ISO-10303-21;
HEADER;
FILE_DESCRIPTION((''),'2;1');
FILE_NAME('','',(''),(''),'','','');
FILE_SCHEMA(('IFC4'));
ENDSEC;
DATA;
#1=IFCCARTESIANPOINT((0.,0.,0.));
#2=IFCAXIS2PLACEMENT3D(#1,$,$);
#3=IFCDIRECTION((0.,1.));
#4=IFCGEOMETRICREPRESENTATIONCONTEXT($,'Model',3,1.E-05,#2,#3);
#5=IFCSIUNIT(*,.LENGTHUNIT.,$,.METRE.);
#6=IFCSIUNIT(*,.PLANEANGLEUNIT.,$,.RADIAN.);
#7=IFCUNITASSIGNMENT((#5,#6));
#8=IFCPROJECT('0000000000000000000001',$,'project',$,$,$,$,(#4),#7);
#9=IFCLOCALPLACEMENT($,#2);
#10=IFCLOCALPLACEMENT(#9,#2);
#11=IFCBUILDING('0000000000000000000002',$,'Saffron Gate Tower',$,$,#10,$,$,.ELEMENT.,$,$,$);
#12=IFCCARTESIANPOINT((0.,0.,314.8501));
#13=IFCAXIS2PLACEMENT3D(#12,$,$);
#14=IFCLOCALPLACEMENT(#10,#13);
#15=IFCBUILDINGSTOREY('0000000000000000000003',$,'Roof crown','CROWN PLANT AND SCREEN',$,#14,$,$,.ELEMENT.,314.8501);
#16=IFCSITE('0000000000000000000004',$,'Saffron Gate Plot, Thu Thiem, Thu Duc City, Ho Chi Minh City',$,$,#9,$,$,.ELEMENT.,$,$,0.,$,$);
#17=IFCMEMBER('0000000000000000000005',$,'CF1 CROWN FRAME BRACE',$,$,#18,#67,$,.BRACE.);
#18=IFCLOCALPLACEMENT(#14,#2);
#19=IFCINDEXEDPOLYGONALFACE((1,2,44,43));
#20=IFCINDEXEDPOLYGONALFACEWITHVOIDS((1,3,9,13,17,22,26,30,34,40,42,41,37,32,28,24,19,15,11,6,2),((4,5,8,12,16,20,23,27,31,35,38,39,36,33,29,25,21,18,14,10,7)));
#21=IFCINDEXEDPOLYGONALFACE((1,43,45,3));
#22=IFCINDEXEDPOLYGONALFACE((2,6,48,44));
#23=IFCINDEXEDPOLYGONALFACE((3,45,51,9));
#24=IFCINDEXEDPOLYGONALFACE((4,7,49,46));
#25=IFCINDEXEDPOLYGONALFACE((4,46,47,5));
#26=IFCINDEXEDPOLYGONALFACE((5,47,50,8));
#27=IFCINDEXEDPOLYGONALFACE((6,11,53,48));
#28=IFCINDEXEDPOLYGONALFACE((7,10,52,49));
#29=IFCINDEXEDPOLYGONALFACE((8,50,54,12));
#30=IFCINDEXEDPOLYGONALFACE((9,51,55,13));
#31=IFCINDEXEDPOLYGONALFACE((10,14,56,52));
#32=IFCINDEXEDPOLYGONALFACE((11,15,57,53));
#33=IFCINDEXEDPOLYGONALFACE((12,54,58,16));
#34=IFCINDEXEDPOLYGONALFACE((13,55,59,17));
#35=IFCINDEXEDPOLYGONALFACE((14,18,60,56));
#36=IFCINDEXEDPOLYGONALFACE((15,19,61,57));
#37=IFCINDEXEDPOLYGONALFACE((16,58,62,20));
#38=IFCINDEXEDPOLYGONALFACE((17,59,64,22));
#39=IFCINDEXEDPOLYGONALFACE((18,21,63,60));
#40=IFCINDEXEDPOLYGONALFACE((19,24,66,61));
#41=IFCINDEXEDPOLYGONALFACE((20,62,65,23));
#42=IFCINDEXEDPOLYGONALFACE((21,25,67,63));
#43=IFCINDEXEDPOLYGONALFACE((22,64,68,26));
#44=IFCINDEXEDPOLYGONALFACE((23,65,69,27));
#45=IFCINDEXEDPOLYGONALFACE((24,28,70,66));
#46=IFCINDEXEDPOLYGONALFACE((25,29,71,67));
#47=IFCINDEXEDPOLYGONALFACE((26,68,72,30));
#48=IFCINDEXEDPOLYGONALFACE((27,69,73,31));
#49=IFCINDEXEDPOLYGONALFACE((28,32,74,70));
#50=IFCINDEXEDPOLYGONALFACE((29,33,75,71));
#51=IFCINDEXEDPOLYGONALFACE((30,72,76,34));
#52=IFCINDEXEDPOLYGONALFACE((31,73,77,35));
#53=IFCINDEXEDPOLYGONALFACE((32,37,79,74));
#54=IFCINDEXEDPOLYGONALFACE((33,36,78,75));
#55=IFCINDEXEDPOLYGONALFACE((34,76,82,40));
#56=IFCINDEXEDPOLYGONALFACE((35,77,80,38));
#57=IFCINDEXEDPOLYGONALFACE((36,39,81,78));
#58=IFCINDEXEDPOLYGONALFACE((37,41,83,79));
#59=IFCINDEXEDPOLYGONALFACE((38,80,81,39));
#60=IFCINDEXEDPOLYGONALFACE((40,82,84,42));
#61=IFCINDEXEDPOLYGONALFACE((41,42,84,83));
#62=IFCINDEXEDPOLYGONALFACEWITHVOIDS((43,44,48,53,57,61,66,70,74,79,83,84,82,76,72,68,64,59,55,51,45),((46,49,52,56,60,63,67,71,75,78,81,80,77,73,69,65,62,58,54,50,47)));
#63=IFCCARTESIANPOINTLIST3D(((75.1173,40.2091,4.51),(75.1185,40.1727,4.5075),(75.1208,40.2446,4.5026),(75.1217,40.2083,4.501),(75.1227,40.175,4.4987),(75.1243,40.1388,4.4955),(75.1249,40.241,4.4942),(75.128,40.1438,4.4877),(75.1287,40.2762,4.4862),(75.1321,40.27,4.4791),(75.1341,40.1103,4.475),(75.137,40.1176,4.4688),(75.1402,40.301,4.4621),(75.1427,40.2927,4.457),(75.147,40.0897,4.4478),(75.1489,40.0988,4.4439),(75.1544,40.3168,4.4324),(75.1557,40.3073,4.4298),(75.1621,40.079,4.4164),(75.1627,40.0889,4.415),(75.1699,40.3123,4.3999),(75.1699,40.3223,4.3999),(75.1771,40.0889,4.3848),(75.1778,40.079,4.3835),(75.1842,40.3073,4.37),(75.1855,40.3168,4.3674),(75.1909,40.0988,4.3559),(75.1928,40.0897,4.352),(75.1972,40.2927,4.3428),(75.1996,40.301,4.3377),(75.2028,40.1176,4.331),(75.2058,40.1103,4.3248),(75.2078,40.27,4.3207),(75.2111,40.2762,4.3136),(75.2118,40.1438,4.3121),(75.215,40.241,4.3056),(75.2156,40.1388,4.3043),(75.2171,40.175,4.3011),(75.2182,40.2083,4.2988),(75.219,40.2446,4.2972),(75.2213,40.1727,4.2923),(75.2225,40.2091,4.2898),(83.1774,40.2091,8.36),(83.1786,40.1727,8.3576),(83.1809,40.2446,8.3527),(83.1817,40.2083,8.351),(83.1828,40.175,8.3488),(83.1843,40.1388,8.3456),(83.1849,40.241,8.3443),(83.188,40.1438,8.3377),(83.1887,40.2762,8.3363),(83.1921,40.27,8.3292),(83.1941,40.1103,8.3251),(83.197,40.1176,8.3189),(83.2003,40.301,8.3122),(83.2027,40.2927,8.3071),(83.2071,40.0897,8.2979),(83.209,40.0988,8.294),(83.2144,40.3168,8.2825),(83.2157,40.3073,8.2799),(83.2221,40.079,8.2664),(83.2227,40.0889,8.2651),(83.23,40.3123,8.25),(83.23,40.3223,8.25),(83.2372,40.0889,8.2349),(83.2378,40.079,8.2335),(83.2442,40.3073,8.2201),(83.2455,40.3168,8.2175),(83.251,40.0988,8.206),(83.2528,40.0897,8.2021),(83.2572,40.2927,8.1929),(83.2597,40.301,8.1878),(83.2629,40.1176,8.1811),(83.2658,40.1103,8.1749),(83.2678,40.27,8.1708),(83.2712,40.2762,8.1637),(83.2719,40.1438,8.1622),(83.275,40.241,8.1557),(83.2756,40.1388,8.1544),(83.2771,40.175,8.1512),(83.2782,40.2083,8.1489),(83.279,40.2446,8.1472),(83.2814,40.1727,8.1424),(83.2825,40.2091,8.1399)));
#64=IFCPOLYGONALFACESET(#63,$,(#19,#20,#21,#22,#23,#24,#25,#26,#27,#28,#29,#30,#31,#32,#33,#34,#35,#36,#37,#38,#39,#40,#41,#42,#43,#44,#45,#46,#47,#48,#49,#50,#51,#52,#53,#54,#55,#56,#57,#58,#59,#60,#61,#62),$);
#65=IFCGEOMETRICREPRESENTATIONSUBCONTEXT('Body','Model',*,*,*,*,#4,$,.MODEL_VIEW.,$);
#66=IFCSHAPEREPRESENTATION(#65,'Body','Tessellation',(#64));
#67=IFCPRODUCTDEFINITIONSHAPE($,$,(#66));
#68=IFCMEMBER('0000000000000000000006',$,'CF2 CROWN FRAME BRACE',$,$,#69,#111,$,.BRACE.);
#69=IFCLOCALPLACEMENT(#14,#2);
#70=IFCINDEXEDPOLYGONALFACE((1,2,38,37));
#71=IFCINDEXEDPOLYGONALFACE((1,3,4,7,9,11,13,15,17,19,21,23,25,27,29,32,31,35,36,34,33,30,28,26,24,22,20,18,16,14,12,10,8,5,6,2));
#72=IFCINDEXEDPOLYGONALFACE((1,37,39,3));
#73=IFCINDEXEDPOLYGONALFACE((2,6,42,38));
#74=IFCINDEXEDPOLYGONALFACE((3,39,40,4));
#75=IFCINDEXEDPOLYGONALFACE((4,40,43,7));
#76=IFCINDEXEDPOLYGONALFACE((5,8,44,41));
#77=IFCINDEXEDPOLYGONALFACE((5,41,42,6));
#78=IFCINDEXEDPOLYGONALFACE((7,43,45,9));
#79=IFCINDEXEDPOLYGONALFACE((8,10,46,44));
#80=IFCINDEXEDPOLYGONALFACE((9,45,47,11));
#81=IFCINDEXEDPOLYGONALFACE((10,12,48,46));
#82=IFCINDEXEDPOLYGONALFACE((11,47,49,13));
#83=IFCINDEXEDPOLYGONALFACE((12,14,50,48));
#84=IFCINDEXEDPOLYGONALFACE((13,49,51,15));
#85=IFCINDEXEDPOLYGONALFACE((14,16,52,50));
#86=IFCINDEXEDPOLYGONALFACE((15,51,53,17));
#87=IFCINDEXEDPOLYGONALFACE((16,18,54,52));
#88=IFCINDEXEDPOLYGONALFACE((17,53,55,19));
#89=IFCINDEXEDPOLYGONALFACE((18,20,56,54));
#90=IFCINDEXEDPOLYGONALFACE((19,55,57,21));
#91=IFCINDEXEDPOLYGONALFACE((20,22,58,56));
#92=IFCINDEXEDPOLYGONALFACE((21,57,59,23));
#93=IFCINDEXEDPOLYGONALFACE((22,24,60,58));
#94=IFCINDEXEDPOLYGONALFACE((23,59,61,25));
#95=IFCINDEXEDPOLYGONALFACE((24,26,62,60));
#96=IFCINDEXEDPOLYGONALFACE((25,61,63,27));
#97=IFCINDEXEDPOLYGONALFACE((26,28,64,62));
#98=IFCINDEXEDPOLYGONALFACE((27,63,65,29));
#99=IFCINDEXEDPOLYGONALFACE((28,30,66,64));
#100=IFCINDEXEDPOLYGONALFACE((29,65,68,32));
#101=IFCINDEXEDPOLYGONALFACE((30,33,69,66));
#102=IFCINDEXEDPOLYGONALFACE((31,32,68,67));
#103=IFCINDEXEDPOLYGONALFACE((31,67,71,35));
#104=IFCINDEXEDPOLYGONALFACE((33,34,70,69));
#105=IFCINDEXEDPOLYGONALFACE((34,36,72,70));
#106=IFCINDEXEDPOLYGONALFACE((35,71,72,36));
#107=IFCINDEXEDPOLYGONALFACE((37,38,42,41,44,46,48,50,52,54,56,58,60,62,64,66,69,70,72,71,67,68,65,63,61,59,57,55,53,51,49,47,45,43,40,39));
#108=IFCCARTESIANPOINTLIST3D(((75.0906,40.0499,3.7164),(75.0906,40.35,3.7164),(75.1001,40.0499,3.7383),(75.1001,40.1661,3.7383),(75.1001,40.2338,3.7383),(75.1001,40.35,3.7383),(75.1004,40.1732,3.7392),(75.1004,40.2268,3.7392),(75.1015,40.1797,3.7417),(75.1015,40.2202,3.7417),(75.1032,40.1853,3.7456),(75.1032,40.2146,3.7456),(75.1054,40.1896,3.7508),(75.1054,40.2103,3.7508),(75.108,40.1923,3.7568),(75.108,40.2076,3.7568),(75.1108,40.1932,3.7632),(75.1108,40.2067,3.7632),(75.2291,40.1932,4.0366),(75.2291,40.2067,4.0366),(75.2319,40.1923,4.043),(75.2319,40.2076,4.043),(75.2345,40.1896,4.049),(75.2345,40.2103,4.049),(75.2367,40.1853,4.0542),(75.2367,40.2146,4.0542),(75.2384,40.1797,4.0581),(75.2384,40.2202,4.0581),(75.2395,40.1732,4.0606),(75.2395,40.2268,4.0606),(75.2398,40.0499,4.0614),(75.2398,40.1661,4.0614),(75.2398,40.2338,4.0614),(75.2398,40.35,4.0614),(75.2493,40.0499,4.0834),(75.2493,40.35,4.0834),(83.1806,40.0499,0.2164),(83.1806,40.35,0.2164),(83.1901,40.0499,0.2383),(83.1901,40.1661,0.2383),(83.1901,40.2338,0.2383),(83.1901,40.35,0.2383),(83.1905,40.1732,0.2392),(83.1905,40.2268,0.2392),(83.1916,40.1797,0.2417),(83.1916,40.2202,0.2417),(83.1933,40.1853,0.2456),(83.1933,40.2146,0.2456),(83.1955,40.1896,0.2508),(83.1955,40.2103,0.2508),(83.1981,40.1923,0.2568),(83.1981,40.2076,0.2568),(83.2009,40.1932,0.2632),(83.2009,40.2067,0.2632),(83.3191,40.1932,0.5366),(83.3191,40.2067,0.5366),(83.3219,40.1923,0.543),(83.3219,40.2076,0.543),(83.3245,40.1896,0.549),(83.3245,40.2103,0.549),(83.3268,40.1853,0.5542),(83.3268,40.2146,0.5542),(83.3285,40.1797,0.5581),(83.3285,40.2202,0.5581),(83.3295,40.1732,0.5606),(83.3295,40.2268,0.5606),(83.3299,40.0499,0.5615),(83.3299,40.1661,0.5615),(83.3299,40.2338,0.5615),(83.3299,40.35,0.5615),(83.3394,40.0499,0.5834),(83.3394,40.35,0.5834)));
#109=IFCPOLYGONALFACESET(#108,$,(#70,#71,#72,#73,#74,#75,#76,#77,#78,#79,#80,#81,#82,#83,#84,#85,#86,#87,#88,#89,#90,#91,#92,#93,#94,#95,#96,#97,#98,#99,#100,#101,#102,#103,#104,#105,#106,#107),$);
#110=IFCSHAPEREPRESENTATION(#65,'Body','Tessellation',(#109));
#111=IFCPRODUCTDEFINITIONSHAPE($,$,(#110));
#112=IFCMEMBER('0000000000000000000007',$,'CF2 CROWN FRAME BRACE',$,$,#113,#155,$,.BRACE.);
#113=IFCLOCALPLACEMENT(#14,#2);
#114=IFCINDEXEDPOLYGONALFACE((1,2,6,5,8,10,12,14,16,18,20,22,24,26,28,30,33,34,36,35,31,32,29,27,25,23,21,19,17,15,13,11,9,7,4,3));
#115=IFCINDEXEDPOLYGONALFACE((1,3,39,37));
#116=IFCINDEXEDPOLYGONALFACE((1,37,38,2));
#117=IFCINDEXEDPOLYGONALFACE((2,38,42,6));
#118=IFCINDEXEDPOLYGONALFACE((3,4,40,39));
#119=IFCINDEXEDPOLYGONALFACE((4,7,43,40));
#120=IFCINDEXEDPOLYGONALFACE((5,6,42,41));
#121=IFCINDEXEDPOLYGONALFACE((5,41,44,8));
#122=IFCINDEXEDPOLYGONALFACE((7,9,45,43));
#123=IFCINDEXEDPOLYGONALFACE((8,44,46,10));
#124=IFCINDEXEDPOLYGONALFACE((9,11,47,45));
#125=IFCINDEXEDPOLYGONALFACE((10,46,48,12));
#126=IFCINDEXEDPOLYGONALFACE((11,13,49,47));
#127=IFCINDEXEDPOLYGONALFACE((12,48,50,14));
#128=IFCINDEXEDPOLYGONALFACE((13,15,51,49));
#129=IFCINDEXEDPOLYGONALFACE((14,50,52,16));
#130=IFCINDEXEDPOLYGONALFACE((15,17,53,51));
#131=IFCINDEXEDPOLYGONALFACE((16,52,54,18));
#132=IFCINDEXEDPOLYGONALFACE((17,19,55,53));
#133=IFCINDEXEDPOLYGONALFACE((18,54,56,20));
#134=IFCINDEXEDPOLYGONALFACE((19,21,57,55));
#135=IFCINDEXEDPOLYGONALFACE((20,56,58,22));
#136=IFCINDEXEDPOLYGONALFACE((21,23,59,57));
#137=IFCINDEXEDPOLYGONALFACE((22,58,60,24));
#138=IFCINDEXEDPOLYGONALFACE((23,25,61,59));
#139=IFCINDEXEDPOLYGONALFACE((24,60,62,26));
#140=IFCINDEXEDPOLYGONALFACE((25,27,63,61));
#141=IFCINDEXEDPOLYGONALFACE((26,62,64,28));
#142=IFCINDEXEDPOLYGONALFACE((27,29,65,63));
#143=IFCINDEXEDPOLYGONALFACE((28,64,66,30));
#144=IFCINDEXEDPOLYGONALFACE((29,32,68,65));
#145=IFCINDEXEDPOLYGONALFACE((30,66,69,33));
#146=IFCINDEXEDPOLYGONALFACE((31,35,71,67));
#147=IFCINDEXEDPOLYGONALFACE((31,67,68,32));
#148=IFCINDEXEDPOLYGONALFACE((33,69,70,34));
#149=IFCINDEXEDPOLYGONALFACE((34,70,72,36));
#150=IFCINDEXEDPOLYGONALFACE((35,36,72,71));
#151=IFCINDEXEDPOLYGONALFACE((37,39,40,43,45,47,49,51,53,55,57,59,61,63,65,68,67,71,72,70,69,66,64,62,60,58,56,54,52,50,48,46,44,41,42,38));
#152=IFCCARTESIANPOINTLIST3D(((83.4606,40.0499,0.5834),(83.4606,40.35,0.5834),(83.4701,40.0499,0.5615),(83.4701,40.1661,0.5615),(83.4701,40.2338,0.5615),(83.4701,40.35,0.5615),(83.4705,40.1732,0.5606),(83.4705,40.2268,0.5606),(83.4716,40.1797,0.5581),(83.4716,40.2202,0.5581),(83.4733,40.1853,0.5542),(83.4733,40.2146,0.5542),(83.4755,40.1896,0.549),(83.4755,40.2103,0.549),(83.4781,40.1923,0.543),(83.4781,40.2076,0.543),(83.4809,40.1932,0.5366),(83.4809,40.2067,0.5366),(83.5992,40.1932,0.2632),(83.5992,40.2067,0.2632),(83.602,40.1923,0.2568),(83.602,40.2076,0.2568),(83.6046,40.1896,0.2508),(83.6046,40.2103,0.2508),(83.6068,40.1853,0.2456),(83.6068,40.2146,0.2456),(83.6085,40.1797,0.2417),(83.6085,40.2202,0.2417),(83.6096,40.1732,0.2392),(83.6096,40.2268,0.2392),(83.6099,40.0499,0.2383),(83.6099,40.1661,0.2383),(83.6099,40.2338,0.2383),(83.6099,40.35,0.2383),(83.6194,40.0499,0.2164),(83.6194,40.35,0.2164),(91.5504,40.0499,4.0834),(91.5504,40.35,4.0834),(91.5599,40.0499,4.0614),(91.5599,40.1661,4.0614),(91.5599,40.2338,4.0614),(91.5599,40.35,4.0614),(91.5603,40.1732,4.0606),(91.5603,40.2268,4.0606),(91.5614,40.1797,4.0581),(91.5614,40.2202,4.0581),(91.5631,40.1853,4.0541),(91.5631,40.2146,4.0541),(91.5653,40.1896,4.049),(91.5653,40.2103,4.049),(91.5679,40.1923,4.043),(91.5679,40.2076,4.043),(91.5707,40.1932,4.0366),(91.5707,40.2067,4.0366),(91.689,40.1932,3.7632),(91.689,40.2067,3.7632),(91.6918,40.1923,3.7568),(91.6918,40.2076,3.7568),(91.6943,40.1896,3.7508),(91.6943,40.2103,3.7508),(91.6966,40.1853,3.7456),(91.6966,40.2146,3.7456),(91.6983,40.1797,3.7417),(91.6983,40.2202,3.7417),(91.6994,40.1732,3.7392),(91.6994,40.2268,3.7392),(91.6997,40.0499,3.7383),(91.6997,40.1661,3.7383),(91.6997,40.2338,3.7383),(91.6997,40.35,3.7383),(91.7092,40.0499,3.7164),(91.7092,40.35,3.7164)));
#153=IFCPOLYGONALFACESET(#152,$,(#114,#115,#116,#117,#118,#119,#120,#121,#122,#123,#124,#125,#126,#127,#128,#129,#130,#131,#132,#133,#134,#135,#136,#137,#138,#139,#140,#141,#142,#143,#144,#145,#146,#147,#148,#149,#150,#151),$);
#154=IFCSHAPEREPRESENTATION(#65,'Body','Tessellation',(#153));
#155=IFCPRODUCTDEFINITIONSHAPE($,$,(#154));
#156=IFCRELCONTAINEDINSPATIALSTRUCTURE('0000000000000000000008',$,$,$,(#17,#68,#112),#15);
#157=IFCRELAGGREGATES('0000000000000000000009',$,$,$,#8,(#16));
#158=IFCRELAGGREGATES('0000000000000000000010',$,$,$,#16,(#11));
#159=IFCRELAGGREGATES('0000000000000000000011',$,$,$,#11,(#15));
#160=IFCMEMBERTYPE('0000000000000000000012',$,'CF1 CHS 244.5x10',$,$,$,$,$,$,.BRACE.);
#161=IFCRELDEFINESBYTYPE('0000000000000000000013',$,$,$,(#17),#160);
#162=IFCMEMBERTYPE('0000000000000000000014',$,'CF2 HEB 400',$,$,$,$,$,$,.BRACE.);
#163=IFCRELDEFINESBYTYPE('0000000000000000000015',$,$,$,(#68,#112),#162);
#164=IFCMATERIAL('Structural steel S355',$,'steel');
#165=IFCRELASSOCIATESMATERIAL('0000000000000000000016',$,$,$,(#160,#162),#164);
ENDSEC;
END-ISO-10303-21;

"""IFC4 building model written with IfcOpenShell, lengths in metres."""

from ifc_helpers import new_model, si_unit, direction, frame, origin, origin_2d, place, context, subcontext, project, spatial, hollow_circle, i_section, extrude, material, material_profile, profile_set, type_object, element, save


model = new_model("IFC4")

# Units and contexts
model_context = context("Model", 3, precision=1e-05, world=origin(), true_north=direction((0.0, 1.0)))
body_context = subcontext(model_context, "Body", "Model", "MODEL_VIEW")
ifc_project = project(units=[si_unit("LENGTHUNIT", "METRE"), si_unit("PLANEANGLEUNIT", "RADIAN")], contexts=[model_context])

# Site, building, storey
site_placement = place(None, origin())
site = spatial("IfcSite", under=ifc_project, at=site_placement, Name="Saffron Gate Plot, Thu Thiem, Thu Duc City, Ho Chi Minh City", CompositionType="ELEMENT", RefElevation=0.0)
building_placement = place(site_placement, origin())
building = spatial("IfcBuilding", under=site, at=building_placement, Name="Saffron Gate Tower", CompositionType="ELEMENT")
storey_placement = place(building_placement, frame((0.0, 0.0, 314.8501)))
storey = spatial("IfcBuildingStorey", under=building, at=storey_placement, Name="Roof crown", Description="CROWN PLANT AND SCREEN", CompositionType="ELEMENT", Elevation=314.8501)

# Shared definitions
ifc_material_1 = material(Name="Structural steel S355", Category="steel")

# Members
ifc_material_profile_1 = material_profile(ifc_material_1, hollow_circle(Radius=0.1223, WallThickness=0.01, at=origin_2d()))
ifc_profile_set_1 = profile_set([ifc_material_profile_1], Name="Structural steel S355")
member_type_1 = type_object("IfcMemberType", Name="CF1 CHS 244.5x10", PredefinedType="BRACE", material=ifc_profile_set_1)
for number, where, z_axis, x_axis, name in (
    (1, (75.1699, 40.2, 4.3999), (0.902339, 0.0, 0.431026), (0.0, 1.0, 0.0), "CF1 CROWN FRAME BRACE"),
):
    element("IfcMember", number, at=place(storey_placement, frame(where, z_axis=z_axis, x_axis=x_axis)), inside=storey, type_object=member_type_1, Name=name, PredefinedType="BRACE", context=body_context, shape_type="SweptSolid", body=[
        extrude(hollow_circle(Radius=0.1223, WallThickness=0.01, at=origin_2d()), origin(), (0.0, 0.0, 1.0), 8.9324),
    ])
ifc_material_profile_2 = material_profile(ifc_material_1, i_section(OverallWidth=0.3, OverallDepth=0.3999, WebThickness=0.0134, FlangeThickness=0.0239, FilletRadius=0.0271, at=origin_2d()))
ifc_profile_set_2 = profile_set([ifc_material_profile_2], Name="Structural steel S355")
member_type_2 = type_object("IfcMemberType", Name="CF2 HEB 400", PredefinedType="BRACE", material=ifc_profile_set_2)
member_1_placement = place(storey_placement, frame((83.26, 40.2, 0.3999), z_axis=(-0.917792, 0.0, 0.397062), x_axis=(0.0, -1.0, 0.0)))
element("IfcMember", 2, at=member_1_placement, inside=storey, type_object=member_type_2, Name="CF2 CROWN FRAME BRACE", PredefinedType="BRACE", context=body_context, shape_type="SweptSolid", body=[
    extrude(i_section(OverallWidth=0.3, OverallDepth=0.3999, WebThickness=0.0134, FlangeThickness=0.0239, FilletRadius=0.0271, at=origin_2d()), origin(), (0.0, 0.0, 1.0), 8.8147),
])
member_2_placement = place(storey_placement, frame((83.54, 40.2, 0.3999), z_axis=(0.917787, 0.0, 0.397073), x_axis=(0.0, 1.0, 0.0)))
element("IfcMember", 3, at=member_2_placement, inside=storey, type_object=member_type_2, Name="CF2 CROWN FRAME BRACE", PredefinedType="BRACE", context=body_context, shape_type="SweptSolid", body=[
    extrude(i_section(OverallWidth=0.3, OverallDepth=0.3999, WebThickness=0.0134, FlangeThickness=0.0239, FilletRadius=0.0271, at=origin_2d()), origin(), (0.0, 0.0, 1.0), 8.8145),
])

save(model, "model.ifc")
